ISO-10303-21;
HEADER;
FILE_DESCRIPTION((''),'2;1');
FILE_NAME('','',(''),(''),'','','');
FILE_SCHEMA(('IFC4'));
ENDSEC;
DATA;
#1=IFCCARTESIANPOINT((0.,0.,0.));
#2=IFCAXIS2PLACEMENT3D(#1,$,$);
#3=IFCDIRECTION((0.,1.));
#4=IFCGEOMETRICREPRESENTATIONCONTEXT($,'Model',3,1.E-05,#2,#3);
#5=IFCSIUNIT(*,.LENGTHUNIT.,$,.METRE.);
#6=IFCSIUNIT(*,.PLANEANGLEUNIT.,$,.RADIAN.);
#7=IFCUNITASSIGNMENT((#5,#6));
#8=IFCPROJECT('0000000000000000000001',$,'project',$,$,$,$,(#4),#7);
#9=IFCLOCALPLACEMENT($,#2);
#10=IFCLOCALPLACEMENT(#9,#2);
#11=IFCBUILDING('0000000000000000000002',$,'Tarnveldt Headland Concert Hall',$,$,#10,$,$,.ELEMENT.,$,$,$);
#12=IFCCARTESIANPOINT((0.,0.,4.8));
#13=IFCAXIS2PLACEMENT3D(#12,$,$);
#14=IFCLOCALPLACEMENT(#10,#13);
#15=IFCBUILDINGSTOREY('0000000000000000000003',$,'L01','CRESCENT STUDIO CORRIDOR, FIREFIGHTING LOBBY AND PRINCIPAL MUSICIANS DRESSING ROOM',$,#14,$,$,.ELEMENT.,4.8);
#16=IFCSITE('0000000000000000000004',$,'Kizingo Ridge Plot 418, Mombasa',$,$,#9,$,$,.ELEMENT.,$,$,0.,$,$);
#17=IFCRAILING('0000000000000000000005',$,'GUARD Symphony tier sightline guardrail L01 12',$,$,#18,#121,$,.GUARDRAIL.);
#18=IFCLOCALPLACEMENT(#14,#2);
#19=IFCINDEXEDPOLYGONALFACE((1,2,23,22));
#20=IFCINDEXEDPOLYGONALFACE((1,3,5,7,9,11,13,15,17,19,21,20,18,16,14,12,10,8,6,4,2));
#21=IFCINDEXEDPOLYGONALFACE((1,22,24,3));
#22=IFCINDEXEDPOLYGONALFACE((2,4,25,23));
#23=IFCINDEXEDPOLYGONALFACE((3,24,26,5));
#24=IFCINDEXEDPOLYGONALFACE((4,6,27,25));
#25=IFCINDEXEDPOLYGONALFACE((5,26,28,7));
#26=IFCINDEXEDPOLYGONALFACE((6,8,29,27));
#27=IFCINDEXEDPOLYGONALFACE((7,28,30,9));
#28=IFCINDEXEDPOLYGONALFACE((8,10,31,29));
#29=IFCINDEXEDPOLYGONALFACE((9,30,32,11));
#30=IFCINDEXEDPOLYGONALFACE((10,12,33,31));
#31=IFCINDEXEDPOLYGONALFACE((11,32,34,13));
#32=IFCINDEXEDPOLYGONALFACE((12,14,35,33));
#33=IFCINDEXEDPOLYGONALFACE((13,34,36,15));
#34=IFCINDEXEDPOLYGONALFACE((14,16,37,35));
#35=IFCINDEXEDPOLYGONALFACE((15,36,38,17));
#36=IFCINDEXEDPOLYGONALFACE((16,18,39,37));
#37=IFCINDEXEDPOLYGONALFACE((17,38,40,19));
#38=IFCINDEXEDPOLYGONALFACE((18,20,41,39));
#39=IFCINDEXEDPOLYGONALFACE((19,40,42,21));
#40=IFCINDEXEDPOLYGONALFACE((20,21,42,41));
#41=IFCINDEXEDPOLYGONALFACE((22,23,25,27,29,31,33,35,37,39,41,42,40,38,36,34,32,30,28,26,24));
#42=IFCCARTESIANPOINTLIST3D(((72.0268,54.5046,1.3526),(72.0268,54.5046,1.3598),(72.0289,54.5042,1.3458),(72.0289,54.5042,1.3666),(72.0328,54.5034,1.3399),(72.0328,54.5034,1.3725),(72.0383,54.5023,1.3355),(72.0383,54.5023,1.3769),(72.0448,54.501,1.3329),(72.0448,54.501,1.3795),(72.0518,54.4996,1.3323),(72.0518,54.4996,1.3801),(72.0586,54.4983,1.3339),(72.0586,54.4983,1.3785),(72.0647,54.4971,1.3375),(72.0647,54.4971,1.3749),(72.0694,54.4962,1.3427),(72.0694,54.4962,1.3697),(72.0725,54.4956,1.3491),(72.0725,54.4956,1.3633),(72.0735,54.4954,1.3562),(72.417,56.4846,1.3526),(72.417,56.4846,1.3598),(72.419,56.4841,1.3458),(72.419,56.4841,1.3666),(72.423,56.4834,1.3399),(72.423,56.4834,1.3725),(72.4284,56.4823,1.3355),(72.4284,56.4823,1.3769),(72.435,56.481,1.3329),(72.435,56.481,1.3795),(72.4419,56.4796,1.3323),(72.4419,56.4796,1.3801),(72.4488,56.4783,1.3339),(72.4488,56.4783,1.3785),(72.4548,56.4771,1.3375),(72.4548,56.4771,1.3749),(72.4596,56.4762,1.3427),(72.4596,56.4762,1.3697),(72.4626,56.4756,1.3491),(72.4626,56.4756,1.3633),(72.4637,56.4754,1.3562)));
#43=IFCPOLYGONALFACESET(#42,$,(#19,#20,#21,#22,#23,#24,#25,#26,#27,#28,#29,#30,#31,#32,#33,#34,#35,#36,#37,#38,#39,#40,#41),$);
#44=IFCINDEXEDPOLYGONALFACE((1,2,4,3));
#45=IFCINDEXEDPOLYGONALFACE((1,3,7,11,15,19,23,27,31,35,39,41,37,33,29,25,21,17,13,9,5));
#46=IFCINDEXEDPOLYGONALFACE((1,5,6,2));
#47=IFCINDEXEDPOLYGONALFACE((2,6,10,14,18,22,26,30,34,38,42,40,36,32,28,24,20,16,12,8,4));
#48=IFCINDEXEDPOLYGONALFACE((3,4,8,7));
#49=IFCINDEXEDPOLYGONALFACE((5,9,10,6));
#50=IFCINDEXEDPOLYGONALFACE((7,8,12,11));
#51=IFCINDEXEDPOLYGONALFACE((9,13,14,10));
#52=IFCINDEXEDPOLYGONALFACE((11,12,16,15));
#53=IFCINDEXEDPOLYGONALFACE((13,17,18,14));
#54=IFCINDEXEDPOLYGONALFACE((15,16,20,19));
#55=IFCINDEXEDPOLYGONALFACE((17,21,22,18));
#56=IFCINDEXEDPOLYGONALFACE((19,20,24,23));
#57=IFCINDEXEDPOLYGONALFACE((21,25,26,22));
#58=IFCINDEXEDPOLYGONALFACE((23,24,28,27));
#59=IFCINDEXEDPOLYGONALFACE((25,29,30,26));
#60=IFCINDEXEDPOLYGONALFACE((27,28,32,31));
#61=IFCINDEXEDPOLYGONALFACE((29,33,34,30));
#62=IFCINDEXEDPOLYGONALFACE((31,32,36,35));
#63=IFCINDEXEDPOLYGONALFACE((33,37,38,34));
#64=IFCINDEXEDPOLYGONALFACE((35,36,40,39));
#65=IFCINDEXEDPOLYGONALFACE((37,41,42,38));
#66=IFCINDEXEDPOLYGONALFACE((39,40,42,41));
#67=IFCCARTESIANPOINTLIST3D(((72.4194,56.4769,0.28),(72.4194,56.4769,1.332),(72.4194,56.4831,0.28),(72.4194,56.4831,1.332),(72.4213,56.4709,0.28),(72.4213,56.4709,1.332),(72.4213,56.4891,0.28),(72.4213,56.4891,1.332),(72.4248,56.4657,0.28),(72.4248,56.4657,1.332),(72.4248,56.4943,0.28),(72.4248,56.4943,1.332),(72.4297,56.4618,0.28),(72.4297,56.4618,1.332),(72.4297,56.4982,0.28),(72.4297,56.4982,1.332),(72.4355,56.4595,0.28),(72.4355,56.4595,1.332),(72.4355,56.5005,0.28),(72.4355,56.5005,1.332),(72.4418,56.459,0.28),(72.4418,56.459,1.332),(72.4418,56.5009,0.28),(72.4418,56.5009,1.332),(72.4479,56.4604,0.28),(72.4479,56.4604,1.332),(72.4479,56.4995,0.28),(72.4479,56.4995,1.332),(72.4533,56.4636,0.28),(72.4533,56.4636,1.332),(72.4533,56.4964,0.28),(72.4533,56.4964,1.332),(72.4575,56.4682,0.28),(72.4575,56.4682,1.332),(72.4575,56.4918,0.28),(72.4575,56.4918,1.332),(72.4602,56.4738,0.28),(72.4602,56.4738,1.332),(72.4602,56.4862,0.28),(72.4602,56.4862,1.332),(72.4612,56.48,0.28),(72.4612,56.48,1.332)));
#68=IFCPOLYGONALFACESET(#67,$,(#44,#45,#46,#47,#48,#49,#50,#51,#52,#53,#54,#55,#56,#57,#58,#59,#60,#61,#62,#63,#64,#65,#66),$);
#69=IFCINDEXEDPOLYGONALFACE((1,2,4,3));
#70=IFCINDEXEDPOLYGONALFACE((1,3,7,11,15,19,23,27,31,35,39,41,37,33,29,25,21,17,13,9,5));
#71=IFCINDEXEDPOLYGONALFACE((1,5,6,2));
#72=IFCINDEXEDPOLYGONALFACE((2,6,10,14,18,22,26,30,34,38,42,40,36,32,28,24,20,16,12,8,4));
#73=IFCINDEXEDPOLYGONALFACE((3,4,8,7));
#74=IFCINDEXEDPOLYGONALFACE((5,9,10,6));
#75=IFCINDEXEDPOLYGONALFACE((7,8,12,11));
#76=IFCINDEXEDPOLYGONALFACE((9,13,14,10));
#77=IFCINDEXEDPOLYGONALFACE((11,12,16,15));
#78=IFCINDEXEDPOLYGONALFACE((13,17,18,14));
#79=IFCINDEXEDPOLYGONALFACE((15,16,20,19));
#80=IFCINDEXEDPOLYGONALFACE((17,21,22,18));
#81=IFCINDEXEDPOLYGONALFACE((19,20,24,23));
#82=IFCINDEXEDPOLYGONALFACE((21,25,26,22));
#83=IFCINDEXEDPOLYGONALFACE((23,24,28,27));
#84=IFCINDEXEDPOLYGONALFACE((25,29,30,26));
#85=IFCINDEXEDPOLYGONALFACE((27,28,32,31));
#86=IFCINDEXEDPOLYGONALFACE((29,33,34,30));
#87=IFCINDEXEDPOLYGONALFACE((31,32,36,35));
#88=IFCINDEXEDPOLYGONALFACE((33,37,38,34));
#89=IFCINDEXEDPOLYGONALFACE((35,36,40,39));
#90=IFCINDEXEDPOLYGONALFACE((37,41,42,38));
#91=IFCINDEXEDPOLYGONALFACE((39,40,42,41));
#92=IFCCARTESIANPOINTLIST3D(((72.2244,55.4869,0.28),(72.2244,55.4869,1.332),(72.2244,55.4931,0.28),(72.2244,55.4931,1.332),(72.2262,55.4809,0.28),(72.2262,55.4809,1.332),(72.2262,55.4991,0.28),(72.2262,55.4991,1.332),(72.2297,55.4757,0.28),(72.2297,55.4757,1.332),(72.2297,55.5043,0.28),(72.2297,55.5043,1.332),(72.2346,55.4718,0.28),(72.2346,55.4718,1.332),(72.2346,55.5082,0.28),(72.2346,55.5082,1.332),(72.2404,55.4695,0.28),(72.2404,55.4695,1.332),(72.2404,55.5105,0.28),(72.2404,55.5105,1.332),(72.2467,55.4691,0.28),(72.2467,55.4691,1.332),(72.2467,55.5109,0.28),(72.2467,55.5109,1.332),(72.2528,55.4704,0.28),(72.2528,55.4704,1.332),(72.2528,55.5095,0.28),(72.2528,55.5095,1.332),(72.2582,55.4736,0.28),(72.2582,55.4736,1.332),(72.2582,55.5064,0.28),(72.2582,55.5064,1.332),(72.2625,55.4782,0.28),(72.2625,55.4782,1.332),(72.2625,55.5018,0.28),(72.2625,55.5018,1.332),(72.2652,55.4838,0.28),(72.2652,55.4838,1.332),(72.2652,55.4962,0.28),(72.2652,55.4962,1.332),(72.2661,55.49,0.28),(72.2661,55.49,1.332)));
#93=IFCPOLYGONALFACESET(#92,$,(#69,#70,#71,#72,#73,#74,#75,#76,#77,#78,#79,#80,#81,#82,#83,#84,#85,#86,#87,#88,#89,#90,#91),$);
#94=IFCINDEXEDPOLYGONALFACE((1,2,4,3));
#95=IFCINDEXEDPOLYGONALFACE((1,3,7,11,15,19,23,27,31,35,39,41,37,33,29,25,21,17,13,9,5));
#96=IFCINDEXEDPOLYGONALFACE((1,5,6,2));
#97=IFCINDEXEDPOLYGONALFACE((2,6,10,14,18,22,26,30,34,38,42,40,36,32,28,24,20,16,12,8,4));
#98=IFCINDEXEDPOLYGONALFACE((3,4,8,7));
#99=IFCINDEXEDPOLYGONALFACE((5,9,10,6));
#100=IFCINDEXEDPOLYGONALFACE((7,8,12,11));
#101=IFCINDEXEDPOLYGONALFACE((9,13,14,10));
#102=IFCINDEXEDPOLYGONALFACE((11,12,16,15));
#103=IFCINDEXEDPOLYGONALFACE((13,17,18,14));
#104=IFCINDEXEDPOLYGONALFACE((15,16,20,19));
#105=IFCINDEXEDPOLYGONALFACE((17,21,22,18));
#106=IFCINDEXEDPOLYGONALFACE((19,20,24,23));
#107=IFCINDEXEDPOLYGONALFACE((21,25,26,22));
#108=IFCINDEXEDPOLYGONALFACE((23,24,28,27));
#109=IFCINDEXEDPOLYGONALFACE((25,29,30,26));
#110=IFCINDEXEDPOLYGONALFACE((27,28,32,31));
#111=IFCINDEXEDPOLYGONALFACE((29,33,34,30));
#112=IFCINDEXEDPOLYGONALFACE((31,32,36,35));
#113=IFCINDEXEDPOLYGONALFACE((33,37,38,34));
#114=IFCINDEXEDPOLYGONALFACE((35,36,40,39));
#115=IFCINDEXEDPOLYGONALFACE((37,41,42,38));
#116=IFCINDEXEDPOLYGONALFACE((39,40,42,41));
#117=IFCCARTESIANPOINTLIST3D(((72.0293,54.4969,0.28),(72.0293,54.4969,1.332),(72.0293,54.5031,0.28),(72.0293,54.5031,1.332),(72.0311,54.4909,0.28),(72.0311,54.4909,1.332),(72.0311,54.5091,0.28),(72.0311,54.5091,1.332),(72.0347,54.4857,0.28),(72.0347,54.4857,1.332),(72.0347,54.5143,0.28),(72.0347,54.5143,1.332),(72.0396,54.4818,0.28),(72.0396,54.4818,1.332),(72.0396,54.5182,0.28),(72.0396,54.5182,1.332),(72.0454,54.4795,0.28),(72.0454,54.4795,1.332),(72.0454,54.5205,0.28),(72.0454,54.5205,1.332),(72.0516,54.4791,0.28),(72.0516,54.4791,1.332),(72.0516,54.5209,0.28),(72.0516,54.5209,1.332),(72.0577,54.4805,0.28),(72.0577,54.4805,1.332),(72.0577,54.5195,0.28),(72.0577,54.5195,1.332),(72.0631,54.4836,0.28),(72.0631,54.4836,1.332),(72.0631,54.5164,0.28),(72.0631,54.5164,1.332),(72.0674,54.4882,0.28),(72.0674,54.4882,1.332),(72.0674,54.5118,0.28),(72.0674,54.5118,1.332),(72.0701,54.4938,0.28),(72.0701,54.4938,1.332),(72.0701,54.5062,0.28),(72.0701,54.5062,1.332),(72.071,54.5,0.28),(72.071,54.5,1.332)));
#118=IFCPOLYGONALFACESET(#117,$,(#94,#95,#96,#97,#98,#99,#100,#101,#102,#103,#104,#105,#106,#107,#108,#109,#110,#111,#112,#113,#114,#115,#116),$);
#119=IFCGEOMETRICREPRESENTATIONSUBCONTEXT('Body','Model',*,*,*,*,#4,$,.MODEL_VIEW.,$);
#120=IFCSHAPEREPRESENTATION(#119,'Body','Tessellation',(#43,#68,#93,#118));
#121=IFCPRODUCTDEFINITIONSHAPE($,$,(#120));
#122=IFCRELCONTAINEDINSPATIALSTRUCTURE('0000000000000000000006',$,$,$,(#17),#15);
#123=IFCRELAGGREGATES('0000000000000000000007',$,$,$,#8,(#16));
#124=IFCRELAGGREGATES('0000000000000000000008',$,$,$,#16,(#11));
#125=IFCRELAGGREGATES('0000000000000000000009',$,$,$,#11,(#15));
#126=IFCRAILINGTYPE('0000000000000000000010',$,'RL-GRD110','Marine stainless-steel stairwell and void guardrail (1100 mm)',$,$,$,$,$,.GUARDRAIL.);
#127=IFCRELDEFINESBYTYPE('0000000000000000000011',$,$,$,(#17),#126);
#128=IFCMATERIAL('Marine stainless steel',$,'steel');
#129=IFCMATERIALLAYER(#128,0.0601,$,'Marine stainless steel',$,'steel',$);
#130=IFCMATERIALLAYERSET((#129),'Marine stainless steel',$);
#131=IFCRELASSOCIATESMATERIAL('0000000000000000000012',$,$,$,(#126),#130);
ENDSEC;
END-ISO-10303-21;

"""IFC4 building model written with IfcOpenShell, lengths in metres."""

from ifc_helpers import new_model, si_unit, direction, frame, origin, origin_2d, place, context, subcontext, project, spatial, circle, extrude, material, layer, layer_set, type_object, element, save


model = new_model("IFC4")

# Units and contexts
model_context = context("Model", 3, precision=1e-05, world=origin(), true_north=direction((0.0, 1.0)))
body_context = subcontext(model_context, "Body", "Model", "MODEL_VIEW")
ifc_project = project(units=[si_unit("LENGTHUNIT", "METRE"), si_unit("PLANEANGLEUNIT", "RADIAN")], contexts=[model_context])

# Site, building, storey
site_placement = place(None, origin())
site = spatial("IfcSite", under=ifc_project, at=site_placement, Name="Kizingo Ridge Plot 418, Mombasa", CompositionType="ELEMENT", RefElevation=0.0)
building_placement = place(site_placement, origin())
building = spatial("IfcBuilding", under=site, at=building_placement, Name="Tarnveldt Headland Concert Hall", CompositionType="ELEMENT")
storey_placement = place(building_placement, frame((0.0, 0.0, 4.8)))
storey = spatial("IfcBuildingStorey", under=building, at=storey_placement, Name="L01", Description="CRESCENT STUDIO CORRIDOR, FIREFIGHTING LOBBY AND PRINCIPAL MUSICIANS DRESSING ROOM", CompositionType="ELEMENT", Elevation=4.8)

# Railing
ifc_material_1 = material(Name="Marine stainless steel", Category="steel")
ifc_layer_1 = layer(ifc_material_1, 0.0601, Name="Marine stainless steel", Category="steel")
ifc_layer_set_1 = layer_set([ifc_layer_1], Name="Marine stainless steel")
railing_type = type_object("IfcRailingType", Name="RL-GRD110", Description="Marine stainless-steel stairwell and void guardrail (1100 mm)", PredefinedType="GUARDRAIL", material=ifc_layer_set_1)
railing_1_placement = place(storey_placement, frame((72.4402, 56.48, 0.28)))
element("IfcRailing", 1, at=railing_1_placement, inside=storey, type_object=railing_type, Name="GUARD Symphony tier sightline guardrail L01 12", PredefinedType="GUARDRAIL", context=body_context, shape_type="SweptSolid", body=[
    extrude(circle(Radius=0.0239, at=origin_2d()), frame((0.0, 0.0, 1.0762), z_axis=(-0.193324, -0.981135, 0.0), x_axis=(0.981135, -0.193324, 0.0)), (0.0, 0.0, 1.0), 2.0181),
    extrude(circle(Radius=0.021, at=origin_2d()), origin(), (0.0, 0.0, 1.0), 1.052),
    extrude(circle(Radius=0.021, at=origin_2d()), frame((-0.1951, -0.99, 0.0)), (0.0, 0.0, 1.0), 1.052),
    extrude(circle(Radius=0.021, at=origin_2d()), frame((-0.3901, -1.98, 0.0)), (0.0, 0.0, 1.0), 1.052),
])

save(model, "model.ifc")
